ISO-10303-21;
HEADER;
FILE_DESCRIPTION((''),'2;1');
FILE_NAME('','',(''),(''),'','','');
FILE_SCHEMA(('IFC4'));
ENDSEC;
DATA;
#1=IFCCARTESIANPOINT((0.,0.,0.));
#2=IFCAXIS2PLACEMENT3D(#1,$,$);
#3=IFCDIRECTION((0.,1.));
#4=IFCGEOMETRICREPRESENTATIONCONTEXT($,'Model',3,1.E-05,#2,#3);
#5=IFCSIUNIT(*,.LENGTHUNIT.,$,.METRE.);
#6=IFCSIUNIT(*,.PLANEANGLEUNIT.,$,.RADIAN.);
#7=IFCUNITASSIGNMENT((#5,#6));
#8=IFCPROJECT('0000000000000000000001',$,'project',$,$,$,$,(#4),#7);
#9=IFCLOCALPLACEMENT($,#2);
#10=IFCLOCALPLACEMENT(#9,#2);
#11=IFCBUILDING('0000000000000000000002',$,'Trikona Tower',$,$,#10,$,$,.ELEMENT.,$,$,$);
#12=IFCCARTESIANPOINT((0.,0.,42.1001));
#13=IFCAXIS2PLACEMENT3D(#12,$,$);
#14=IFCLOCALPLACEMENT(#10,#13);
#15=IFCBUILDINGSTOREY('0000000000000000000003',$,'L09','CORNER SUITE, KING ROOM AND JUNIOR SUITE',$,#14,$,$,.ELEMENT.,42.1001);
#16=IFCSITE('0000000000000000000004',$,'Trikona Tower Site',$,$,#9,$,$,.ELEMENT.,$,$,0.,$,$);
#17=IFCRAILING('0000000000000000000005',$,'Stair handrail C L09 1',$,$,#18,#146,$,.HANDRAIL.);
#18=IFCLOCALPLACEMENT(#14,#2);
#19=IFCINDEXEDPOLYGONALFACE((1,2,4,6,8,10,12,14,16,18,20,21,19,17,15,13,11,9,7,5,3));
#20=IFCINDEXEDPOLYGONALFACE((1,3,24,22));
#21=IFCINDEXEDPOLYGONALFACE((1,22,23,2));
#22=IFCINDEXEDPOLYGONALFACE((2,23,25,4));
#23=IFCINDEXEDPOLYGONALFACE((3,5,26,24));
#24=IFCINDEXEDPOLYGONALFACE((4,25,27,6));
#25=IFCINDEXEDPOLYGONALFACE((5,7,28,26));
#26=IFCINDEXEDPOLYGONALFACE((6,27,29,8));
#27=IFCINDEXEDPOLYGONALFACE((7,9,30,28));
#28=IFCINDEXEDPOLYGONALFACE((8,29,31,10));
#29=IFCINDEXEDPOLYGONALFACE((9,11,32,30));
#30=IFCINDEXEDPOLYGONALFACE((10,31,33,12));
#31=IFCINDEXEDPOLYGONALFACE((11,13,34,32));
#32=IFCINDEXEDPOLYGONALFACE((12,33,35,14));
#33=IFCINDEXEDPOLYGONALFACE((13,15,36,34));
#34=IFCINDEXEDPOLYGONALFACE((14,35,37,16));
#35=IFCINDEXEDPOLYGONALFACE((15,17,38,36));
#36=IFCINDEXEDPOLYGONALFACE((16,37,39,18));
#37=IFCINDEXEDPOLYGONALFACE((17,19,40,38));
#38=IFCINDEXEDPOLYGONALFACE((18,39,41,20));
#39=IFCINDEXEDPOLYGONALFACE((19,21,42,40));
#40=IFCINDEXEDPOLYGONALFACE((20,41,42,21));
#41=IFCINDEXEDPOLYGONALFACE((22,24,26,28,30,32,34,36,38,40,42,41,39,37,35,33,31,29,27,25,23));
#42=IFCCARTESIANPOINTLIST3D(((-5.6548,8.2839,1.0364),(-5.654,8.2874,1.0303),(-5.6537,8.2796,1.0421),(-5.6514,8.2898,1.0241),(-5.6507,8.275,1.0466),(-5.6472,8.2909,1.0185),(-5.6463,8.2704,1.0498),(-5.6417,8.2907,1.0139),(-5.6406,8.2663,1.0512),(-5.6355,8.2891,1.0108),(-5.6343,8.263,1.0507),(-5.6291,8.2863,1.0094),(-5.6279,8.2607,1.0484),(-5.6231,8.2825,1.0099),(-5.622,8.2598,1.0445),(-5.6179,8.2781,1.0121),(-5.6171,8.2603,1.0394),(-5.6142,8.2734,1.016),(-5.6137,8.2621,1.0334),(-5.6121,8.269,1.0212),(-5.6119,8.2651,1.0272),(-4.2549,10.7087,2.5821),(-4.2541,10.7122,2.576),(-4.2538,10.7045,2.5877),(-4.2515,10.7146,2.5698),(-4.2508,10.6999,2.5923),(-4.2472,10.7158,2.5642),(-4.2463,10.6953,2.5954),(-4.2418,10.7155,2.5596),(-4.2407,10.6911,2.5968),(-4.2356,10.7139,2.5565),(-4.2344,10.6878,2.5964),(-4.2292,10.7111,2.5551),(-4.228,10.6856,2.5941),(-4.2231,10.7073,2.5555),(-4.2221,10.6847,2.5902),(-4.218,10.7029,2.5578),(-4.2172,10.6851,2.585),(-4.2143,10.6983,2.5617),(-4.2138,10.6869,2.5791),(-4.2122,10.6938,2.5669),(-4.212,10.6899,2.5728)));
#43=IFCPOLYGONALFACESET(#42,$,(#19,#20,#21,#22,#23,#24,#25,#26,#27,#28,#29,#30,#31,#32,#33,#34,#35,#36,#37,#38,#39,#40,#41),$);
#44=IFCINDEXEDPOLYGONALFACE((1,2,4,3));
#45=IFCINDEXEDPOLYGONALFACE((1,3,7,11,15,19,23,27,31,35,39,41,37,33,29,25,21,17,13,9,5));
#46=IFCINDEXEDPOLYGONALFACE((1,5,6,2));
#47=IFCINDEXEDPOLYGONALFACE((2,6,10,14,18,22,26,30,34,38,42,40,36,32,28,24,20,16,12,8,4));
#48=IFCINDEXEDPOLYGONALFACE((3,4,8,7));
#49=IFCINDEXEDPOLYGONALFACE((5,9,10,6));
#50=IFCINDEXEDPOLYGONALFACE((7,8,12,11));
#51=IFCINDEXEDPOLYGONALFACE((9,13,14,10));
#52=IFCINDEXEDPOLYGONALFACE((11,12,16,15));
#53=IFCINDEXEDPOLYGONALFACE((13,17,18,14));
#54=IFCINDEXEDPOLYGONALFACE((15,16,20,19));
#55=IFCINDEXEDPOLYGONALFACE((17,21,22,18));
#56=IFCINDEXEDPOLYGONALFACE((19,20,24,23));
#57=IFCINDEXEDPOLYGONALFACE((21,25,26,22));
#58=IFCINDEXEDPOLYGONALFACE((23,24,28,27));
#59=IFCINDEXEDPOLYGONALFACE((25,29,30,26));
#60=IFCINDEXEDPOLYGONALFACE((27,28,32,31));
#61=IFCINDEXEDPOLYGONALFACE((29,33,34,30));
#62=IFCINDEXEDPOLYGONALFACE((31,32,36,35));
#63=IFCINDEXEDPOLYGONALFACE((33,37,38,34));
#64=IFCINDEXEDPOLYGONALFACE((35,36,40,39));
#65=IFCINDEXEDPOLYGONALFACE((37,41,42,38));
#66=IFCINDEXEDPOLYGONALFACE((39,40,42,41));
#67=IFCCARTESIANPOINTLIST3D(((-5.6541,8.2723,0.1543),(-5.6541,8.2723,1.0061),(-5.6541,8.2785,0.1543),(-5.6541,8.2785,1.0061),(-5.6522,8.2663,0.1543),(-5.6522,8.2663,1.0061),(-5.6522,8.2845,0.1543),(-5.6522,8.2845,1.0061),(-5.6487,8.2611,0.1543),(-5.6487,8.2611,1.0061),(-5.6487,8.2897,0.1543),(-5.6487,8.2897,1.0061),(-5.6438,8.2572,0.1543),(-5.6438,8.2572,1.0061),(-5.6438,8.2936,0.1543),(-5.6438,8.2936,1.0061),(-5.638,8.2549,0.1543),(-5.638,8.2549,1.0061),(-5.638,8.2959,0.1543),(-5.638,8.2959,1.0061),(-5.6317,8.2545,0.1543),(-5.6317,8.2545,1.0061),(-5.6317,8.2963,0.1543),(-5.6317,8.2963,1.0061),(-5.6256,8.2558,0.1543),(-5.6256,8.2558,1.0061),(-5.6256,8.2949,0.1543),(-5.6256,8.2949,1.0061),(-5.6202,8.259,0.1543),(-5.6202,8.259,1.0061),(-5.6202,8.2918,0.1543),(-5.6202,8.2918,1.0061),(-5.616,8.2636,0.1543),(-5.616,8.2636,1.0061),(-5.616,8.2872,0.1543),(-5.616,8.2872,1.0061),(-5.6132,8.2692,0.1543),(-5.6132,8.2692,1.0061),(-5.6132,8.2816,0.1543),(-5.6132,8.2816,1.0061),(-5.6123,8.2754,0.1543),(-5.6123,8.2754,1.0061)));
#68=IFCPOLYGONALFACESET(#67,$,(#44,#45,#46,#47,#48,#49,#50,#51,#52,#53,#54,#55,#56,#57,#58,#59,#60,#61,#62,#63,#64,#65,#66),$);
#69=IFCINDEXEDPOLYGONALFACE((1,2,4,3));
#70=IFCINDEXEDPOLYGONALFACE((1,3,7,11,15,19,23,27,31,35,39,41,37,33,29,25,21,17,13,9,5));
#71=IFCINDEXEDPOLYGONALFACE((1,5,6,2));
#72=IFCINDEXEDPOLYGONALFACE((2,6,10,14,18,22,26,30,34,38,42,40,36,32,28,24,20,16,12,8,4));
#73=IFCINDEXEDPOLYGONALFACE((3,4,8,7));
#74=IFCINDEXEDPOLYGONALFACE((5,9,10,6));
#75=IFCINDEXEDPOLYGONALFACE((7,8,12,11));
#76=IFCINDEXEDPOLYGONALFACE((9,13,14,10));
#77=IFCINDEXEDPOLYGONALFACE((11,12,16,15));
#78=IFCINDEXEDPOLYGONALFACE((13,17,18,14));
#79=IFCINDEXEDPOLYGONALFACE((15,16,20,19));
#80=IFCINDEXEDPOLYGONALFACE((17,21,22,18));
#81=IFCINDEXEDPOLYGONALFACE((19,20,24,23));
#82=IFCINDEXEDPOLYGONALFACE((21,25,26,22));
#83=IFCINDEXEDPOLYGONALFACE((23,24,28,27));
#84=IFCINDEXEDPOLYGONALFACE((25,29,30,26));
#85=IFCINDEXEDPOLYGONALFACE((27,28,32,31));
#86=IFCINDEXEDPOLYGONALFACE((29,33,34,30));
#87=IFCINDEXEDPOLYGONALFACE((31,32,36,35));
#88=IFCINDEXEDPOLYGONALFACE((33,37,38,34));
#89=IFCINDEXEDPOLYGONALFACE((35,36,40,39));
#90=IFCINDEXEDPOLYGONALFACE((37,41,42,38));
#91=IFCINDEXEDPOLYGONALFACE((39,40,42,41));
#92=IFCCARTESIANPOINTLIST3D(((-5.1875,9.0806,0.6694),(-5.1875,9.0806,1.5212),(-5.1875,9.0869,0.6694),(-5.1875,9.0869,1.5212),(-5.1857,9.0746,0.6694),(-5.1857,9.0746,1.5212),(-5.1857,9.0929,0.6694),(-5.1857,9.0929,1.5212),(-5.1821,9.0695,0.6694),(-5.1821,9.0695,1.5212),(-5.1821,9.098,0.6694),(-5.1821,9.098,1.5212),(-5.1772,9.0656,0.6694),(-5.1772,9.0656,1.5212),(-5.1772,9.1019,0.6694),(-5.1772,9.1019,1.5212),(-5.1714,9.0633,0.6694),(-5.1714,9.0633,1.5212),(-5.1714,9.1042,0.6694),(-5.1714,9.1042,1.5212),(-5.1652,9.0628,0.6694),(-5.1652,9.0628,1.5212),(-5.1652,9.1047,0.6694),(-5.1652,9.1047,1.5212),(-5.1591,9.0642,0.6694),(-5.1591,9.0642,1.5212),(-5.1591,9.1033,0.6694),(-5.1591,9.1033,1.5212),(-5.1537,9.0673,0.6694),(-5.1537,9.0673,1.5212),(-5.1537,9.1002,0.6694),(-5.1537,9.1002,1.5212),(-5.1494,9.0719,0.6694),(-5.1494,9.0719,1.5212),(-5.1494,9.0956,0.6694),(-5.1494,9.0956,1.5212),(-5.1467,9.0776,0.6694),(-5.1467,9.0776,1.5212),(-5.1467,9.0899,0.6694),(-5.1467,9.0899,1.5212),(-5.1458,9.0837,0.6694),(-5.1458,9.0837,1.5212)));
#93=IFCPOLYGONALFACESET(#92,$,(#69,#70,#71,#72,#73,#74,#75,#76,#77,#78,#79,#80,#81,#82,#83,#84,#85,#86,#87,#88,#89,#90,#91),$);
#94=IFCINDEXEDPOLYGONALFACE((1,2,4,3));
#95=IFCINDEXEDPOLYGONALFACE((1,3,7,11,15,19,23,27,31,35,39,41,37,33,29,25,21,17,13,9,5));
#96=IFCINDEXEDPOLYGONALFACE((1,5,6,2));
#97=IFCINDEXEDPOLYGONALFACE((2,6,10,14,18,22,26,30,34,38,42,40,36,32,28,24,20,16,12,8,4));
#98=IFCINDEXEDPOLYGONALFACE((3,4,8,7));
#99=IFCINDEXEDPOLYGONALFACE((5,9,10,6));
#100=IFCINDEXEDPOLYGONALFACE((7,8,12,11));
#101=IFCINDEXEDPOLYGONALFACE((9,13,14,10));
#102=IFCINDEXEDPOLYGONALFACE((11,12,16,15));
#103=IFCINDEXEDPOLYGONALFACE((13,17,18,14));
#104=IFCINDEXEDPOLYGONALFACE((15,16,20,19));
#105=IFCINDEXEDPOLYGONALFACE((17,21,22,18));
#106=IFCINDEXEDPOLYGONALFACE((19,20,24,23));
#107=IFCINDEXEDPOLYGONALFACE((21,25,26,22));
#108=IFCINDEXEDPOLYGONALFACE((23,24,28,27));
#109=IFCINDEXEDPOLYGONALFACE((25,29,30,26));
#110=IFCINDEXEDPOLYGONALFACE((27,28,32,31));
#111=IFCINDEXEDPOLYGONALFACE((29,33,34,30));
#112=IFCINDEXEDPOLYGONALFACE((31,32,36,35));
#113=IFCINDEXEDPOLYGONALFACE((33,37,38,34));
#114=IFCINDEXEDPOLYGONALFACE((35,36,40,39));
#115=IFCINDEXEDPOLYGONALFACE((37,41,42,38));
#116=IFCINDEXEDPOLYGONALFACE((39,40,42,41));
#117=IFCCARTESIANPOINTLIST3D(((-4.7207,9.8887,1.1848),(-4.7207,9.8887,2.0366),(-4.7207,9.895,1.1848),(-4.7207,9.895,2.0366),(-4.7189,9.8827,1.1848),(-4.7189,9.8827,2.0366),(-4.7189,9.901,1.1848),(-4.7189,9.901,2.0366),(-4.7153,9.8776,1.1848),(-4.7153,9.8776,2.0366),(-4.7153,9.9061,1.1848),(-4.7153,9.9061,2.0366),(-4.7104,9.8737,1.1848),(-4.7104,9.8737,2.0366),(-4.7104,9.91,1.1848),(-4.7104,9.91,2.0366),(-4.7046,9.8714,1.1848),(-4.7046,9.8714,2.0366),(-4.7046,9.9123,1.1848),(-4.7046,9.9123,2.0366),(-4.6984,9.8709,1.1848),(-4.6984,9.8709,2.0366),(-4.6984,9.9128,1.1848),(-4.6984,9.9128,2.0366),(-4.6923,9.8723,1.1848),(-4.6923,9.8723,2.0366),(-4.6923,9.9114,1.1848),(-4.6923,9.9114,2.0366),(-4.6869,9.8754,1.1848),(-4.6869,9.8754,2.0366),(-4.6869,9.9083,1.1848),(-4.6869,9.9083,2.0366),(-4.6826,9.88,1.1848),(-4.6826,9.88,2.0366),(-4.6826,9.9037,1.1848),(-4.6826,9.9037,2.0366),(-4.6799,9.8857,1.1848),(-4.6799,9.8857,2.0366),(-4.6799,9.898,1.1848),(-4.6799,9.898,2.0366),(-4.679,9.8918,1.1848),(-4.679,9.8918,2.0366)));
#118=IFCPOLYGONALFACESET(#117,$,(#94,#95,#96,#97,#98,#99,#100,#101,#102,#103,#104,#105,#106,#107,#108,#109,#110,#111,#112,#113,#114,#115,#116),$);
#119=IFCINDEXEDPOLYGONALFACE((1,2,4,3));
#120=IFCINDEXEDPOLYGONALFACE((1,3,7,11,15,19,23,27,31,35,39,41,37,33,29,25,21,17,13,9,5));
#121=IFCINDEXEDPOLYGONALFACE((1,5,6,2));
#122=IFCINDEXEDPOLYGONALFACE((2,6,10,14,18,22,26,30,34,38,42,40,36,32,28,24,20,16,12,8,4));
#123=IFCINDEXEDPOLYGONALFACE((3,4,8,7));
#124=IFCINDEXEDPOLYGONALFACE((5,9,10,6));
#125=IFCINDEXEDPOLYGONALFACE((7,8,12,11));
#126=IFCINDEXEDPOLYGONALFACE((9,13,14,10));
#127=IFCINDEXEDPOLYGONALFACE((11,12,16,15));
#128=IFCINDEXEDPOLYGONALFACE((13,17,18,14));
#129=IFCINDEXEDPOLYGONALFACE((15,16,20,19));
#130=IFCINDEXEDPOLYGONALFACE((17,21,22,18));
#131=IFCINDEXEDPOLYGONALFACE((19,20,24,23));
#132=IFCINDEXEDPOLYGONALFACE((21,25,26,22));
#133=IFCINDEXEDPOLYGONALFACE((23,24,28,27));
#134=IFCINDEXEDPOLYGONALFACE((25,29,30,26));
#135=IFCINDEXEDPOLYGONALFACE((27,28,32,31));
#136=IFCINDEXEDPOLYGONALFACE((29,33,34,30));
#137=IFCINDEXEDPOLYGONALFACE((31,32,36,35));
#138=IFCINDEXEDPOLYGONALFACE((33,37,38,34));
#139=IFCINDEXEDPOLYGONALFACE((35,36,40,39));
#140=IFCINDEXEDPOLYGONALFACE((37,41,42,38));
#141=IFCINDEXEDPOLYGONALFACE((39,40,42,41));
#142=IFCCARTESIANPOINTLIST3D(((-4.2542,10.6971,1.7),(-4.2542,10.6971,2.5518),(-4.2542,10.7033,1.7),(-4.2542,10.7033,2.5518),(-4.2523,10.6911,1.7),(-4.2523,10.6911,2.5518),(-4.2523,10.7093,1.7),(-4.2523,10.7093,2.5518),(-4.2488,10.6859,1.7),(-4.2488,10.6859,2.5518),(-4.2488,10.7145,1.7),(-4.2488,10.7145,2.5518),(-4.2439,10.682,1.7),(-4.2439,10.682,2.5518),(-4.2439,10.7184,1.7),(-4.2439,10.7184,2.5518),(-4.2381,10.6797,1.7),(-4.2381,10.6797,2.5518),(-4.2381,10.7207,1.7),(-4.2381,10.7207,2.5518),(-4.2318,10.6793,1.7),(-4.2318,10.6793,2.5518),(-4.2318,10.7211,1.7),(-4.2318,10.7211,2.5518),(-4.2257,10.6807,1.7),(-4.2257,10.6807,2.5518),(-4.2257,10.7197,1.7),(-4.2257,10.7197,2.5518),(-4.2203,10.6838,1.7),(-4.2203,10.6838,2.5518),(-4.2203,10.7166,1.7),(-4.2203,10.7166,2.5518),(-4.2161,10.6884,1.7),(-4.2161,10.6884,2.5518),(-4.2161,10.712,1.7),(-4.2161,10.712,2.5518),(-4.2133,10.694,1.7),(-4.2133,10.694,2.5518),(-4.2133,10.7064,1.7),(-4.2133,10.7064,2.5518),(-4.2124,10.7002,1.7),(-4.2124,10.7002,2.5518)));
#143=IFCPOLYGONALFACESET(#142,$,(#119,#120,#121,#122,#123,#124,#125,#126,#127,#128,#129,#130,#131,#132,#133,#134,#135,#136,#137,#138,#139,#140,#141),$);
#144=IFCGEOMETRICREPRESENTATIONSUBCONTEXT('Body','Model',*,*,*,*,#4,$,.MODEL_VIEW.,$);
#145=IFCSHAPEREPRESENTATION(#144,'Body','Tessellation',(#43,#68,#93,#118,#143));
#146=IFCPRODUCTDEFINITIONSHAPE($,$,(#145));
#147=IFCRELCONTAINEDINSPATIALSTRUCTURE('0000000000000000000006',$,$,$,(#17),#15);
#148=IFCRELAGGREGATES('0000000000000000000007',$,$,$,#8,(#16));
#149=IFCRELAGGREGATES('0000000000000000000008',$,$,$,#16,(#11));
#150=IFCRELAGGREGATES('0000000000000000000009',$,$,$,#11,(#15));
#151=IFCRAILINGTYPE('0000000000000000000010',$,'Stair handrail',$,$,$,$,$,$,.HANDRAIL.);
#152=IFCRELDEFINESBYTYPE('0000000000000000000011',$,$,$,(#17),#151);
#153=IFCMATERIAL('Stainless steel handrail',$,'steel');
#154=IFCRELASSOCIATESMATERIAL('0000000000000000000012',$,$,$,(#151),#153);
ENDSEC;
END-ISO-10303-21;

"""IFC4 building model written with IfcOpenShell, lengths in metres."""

from ifc_helpers import new_model, si_unit, direction, frame, origin, origin_2d, place, context, subcontext, project, spatial, circle, extrude, material, type_object, element, save


model = new_model("IFC4")

# Units and contexts
model_context = context("Model", 3, precision=1e-05, world=origin(), true_north=direction((0.0, 1.0)))
body_context = subcontext(model_context, "Body", "Model", "MODEL_VIEW")
ifc_project = project(units=[si_unit("LENGTHUNIT", "METRE"), si_unit("PLANEANGLEUNIT", "RADIAN")], contexts=[model_context])

# Site, building, storey
site_placement = place(None, origin())
site = spatial("IfcSite", under=ifc_project, at=site_placement, Name="Trikona Tower Site", CompositionType="ELEMENT", RefElevation=0.0)
building_placement = place(site_placement, origin())
building = spatial("IfcBuilding", under=site, at=building_placement, Name="Trikona Tower", CompositionType="ELEMENT")
storey_placement = place(building_placement, frame((0.0, 0.0, 42.1001)))
storey = spatial("IfcBuildingStorey", under=building, at=storey_placement, Name="L09", Description="CORNER SUITE, KING ROOM AND JUNIOR SUITE", CompositionType="ELEMENT", Elevation=42.1001)

# Railing
ifc_material_1 = material(Name="Stainless steel handrail", Category="steel")
railing_type = type_object("IfcRailingType", Name="Stair handrail", PredefinedType="HANDRAIL", material=ifc_material_1)
railing_1_placement = place(storey_placement, frame((-5.6333, 8.2754, 0.1543)))
element("IfcRailing", 1, at=railing_1_placement, inside=storey, type_object=railing_type, Name="Stair handrail C L09 1", PredefinedType="HANDRAIL", context=body_context, shape_type="SweptSolid", body=[
    extrude(circle(Radius=0.0239, at=origin_2d()), frame((0.0, 0.0, 0.876), z_axis=(0.437716, 0.758179, 0.48329), x_axis=(-0.866035, 0.499984, 0.0)), (0.0, 0.0, 1.0), 3.1982),
    extrude(circle(Radius=0.021, at=origin_2d()), origin(), (0.0, 0.0, 1.0), 0.8518),
    extrude(circle(Radius=0.021, at=origin_2d()), frame((0.4666, 0.8083, 0.5151)), (0.0, 0.0, 1.0), 0.8518),
    extrude(circle(Radius=0.021, at=origin_2d()), frame((0.9333, 1.6165, 1.0305)), (0.0, 0.0, 1.0), 0.8518),
    extrude(circle(Radius=0.021, at=origin_2d()), frame((1.3999, 2.4248, 1.5457)), (0.0, 0.0, 1.0), 0.8518),
])

save(model, "model.ifc")
